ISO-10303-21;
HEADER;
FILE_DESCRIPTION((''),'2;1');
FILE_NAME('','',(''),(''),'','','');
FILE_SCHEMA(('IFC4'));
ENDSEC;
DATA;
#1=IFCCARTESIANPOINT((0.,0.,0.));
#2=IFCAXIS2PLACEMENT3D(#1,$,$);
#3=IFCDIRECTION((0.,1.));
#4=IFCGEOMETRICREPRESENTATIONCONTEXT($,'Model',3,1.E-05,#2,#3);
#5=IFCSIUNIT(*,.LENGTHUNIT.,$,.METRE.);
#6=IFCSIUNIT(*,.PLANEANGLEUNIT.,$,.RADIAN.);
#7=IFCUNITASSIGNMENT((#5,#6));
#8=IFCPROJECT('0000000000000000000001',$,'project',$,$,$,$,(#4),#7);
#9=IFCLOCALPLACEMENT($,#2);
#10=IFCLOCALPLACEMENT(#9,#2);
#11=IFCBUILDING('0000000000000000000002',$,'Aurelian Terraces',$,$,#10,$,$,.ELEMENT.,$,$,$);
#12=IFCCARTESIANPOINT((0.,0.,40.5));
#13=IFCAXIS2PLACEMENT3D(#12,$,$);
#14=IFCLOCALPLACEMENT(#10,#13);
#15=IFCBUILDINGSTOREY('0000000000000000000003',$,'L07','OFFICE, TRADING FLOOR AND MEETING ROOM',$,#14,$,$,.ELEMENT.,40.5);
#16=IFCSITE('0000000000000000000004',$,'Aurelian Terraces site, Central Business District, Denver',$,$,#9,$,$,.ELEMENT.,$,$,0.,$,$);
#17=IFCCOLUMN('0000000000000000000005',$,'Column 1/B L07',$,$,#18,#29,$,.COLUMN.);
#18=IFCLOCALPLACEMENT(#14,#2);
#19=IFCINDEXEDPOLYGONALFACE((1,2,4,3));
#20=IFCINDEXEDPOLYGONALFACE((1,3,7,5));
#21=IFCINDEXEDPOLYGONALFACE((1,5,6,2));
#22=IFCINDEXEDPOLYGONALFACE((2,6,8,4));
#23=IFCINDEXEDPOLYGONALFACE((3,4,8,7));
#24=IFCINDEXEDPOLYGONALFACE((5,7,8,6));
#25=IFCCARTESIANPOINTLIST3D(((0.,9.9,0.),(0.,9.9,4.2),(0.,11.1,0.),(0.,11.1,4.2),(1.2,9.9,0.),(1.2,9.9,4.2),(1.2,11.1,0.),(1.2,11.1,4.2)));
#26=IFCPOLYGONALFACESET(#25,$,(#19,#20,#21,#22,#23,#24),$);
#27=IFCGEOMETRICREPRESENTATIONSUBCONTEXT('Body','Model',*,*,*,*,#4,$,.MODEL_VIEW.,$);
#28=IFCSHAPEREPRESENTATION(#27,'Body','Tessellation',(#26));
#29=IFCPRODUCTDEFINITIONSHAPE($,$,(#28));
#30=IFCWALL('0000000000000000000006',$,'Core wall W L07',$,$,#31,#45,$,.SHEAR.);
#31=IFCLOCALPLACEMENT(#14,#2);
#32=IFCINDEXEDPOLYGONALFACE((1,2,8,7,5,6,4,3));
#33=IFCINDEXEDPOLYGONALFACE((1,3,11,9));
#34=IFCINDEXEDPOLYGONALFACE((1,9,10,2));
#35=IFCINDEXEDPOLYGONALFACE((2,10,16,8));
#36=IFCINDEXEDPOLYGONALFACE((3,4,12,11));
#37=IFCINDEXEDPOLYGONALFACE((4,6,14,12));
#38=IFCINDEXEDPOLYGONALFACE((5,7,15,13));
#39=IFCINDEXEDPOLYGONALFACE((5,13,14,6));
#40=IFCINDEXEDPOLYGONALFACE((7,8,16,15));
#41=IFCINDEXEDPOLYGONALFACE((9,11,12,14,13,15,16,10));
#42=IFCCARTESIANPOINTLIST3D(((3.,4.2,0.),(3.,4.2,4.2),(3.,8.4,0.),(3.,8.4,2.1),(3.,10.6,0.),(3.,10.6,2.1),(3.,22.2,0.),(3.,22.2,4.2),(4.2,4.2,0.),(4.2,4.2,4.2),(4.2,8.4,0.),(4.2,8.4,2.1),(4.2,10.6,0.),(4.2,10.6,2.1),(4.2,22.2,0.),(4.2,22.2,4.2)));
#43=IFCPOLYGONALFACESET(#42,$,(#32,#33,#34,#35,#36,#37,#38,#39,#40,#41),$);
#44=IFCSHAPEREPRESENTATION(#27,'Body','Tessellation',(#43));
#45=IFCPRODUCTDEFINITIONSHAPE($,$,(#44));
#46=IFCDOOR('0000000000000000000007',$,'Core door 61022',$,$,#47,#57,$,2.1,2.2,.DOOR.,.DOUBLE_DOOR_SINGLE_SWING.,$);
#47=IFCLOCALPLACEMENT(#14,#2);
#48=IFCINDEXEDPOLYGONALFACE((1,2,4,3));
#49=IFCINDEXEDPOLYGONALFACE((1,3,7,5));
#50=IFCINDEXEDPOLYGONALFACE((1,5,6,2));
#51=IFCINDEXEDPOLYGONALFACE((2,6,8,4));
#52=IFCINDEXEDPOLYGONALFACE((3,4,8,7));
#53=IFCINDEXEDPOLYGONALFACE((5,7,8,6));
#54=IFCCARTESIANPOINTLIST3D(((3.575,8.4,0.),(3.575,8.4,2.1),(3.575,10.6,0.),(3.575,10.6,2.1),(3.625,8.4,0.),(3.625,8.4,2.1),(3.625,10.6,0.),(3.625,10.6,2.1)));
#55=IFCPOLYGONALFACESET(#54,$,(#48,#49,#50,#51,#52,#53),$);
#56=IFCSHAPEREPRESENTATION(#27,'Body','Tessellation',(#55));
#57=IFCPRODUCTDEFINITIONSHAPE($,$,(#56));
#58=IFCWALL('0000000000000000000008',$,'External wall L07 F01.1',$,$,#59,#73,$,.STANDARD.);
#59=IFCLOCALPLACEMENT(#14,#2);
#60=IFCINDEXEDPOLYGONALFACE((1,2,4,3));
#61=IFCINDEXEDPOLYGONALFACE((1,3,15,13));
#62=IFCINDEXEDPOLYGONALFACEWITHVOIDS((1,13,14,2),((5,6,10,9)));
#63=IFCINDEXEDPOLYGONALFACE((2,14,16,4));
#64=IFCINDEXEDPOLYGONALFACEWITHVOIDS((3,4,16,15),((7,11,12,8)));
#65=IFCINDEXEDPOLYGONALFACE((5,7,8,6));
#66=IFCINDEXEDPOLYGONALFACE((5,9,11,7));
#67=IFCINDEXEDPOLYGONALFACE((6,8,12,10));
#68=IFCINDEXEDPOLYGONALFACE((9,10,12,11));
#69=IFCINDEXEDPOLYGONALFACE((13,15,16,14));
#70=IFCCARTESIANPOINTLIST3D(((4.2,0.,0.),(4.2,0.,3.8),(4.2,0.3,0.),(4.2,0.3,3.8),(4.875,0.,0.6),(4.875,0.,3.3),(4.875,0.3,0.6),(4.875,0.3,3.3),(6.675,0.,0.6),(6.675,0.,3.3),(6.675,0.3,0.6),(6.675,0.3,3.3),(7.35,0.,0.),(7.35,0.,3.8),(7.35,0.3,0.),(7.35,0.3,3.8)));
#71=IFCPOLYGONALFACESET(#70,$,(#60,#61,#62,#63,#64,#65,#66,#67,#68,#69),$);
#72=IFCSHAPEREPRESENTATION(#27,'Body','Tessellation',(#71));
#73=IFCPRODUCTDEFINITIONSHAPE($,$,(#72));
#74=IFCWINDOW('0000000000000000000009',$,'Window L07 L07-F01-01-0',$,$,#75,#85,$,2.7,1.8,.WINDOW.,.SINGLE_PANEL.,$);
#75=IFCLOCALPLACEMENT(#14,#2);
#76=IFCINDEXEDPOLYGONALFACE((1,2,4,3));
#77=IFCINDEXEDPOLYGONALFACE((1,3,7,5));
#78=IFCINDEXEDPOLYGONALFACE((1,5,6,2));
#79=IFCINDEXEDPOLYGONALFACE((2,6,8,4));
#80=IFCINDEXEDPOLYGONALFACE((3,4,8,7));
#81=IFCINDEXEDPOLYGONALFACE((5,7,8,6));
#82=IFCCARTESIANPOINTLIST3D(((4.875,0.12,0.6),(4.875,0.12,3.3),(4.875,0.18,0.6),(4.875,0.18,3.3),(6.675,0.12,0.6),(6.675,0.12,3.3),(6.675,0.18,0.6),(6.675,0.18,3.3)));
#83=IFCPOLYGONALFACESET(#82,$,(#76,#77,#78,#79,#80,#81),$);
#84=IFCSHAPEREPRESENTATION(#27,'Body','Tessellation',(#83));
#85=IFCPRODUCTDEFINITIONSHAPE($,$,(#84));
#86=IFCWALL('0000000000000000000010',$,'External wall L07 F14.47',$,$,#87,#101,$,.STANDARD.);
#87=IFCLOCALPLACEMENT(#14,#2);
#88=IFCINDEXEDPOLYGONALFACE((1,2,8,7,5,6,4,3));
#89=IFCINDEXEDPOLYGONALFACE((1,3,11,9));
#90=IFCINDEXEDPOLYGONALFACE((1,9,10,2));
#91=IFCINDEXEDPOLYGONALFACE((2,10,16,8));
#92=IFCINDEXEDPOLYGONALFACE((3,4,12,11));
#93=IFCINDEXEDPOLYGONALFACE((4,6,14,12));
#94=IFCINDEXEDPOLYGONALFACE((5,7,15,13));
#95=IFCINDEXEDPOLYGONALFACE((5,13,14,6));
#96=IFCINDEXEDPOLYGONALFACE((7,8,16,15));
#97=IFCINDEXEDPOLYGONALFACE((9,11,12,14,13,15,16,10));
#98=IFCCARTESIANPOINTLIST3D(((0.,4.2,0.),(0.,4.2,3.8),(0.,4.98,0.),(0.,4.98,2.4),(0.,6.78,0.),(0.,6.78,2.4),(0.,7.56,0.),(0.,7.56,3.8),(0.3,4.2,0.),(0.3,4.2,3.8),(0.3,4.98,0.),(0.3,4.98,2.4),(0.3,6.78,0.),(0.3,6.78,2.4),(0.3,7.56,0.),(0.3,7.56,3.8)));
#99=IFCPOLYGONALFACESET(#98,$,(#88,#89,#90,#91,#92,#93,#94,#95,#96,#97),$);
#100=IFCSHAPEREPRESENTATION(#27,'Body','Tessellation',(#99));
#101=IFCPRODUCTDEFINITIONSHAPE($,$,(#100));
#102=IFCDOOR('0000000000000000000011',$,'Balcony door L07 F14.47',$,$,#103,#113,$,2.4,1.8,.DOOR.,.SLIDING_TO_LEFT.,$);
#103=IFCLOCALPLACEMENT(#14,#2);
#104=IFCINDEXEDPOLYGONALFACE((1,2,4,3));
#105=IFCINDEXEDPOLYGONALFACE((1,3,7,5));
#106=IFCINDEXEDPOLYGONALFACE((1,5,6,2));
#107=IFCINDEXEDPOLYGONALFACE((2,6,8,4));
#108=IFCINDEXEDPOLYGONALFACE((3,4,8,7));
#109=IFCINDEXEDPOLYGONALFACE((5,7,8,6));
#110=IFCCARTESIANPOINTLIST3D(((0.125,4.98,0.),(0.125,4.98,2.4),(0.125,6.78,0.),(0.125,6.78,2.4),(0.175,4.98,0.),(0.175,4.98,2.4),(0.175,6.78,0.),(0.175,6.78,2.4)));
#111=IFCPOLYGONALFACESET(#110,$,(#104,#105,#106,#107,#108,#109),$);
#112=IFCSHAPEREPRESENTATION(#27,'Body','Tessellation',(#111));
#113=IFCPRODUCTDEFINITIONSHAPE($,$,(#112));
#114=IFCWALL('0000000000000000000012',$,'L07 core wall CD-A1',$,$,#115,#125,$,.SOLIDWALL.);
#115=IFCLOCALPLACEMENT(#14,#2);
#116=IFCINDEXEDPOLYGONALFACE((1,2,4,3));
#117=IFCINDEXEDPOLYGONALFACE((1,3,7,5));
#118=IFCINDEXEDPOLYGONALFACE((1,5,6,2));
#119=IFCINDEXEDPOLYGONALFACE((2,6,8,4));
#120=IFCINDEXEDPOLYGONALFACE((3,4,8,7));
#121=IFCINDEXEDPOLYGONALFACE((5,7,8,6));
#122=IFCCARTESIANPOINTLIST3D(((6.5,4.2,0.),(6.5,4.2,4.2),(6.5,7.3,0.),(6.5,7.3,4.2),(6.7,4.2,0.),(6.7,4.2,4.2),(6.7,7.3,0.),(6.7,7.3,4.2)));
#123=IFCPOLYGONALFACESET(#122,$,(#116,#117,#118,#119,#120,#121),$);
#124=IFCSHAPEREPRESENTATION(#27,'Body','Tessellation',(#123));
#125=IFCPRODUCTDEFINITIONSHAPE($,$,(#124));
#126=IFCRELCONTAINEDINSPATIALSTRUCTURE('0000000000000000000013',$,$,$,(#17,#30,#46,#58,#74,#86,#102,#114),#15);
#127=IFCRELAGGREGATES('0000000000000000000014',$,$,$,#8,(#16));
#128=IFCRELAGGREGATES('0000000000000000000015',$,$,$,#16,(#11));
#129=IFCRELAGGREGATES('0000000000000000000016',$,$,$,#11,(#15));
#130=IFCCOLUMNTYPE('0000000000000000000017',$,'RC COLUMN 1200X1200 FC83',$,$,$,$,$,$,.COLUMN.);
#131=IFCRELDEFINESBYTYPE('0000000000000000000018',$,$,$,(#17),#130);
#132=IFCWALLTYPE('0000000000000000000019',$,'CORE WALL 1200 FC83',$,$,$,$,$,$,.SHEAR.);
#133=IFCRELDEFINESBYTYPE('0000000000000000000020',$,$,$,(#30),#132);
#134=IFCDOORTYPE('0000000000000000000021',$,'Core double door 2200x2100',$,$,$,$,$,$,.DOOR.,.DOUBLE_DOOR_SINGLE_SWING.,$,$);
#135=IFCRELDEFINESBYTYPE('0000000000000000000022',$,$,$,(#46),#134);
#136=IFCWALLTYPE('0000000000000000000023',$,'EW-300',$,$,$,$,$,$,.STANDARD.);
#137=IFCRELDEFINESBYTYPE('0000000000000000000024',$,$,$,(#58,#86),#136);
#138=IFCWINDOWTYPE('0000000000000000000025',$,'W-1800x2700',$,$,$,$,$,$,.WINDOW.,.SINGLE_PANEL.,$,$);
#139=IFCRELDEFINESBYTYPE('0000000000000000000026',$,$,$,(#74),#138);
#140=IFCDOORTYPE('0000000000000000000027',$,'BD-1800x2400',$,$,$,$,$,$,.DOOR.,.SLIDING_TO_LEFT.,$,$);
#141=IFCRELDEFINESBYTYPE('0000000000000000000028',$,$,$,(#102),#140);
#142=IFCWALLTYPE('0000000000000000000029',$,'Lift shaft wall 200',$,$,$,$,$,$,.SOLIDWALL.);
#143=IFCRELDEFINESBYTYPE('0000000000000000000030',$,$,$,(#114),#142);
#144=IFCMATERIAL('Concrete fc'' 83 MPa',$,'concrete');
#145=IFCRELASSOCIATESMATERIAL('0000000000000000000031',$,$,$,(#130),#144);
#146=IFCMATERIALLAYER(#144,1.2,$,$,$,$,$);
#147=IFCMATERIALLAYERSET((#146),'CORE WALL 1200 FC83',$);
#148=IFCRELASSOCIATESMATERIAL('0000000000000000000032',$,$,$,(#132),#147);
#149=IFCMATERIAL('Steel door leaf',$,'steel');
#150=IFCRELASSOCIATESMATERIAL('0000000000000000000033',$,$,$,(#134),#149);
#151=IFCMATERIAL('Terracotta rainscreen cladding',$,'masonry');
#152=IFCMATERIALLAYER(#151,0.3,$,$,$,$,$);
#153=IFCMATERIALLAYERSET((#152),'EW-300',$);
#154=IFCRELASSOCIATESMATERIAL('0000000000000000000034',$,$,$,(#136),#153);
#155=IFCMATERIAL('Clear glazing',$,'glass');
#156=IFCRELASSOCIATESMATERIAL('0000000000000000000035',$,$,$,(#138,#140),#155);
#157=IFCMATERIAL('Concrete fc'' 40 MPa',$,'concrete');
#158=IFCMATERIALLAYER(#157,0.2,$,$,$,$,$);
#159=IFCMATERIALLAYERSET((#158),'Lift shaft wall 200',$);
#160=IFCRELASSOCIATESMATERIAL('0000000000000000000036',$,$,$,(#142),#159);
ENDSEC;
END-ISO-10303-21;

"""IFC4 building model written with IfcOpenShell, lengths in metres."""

from ifc_helpers import new_model, si_unit, direction, frame, frame_2d, origin, origin_2d, place, context, subcontext, project, spatial, rectangle, extrude, source, transform, mapped, material, layer, layer_set, material_profile, profile_set, type_object, element, fill, save


model = new_model("IFC4")

# Units and contexts
model_context = context("Model", 3, precision=1e-05, world=origin(), true_north=direction((0.0, 1.0)))
body_context = subcontext(model_context, "Body", "Model", "MODEL_VIEW")
ifc_project = project(units=[si_unit("LENGTHUNIT", "METRE"), si_unit("PLANEANGLEUNIT", "RADIAN")], contexts=[model_context])

# Site, building, storey
site_placement = place(None, origin())
site = spatial("IfcSite", under=ifc_project, at=site_placement, Name="Aurelian Terraces site, Central Business District, Denver", CompositionType="ELEMENT", RefElevation=0.0)
building_placement = place(site_placement, origin())
building = spatial("IfcBuilding", under=site, at=building_placement, Name="Aurelian Terraces", CompositionType="ELEMENT")
storey_placement = place(building_placement, frame((0.0, 0.0, 40.5)))
storey = spatial("IfcBuildingStorey", under=building, at=storey_placement, Name="L07", Description="OFFICE, TRADING FLOOR AND MEETING ROOM", CompositionType="ELEMENT", Elevation=40.5)

# Column
ifc_material_1 = material(Name="Concrete fc' 83 MPa", Category="concrete")
ifc_material_profile = material_profile(ifc_material_1, rectangle(XDim=1.2, YDim=1.2, at=origin_2d()))
ifc_profile_set = profile_set([ifc_material_profile], Name="Concrete fc' 83 MPa")
column_type = type_object("IfcColumnType", Name="RC COLUMN 1200X1200 FC83", PredefinedType="COLUMN", material=ifc_profile_set)
shared_shape_1 = source(origin(), body_context, "Body", "SweptSolid", [
    extrude(rectangle(XDim=1.2, YDim=1.2, at=origin_2d()), origin(), (0.0, 0.0, 1.0), 4.2),
])
column_placement = place(storey_placement, frame((0.6, 10.5, 0.0), z_axis=(0.0, 0.0, 1.0), x_axis=(1.0, 0.0, 0.0)))
element("IfcColumn", 1, at=column_placement, inside=storey, type_object=column_type, Name="Column 1/B L07", PredefinedType="COLUMN", context=body_context, shape_type="MappedRepresentation", body=[
    mapped(shared_shape_1, transform((0.0, 0.0, 0.0), scale=1.0)),
])

# Wall, opening, door
ifc_layer_1 = layer(ifc_material_1, 1.2)
ifc_layer_set_1 = layer_set([ifc_layer_1], Name="CORE WALL 1200 FC83")
wall_type_1 = type_object("IfcWallType", Name="CORE WALL 1200 FC83", PredefinedType="SHEAR", material=ifc_layer_set_1)
wall_1_placement = place(storey_placement, frame((3.6, 4.2, 0.0), z_axis=(0.0, 0.0, 1.0), x_axis=(0.0, 1.0, 0.0)))
wall_1 = element("IfcWall", 2, at=wall_1_placement, inside=storey, type_object=wall_type_1, Name="Core wall W L07", PredefinedType="SHEAR", context=body_context, shape_type="SweptSolid", body=[
    extrude(rectangle(XDim=18.0, YDim=1.2, at=frame_2d((9.0, 0.0))), origin(), (0.0, 0.0, 1.0), 4.2),
])
shared_shape_2 = source(origin(), body_context, "Body", "SweptSolid", [
    extrude(rectangle(XDim=2.2, YDim=2.1, at=frame_2d((1.1, 1.05))), frame((0.0, 0.61, 0.0), z_axis=(0.0, -1.0, 0.0), x_axis=(1.0, 0.0, 0.0)), (0.0, 0.0, 1.0), 1.22),
])
opening_1_placement = place(wall_1_placement, frame((4.2, 0.0, 0.0)))
opening_1 = element("IfcOpeningElement", 3, at=opening_1_placement, cuts=wall_1, PredefinedType="OPENING", context=body_context, shape_type="MappedRepresentation", body=[
    mapped(shared_shape_2, transform((0.0, 0.0, 0.0), scale=1.0)),
])
ifc_material_2 = material(Name="Steel door leaf", Category="steel")
door_type_1 = type_object("IfcDoorType", Name="Core double door 2200x2100", OperationType="DOUBLE_DOOR_SINGLE_SWING", PredefinedType="DOOR", material=ifc_material_2)
shared_shape_3 = source(origin(), body_context, "Body", "SweptSolid", [
    extrude(rectangle(XDim=2.2, YDim=2.1, at=frame_2d((1.1, 1.05))), frame((0.0, 0.025, 0.0), z_axis=(0.0, -1.0, 0.0), x_axis=(1.0, 0.0, 0.0)), (0.0, 0.0, 1.0), 0.05),
])
door_1_placement = place(opening_1_placement, origin())
door_1 = element("IfcDoor", 4, at=door_1_placement, inside=storey, type_object=door_type_1, Name="Core door 61022", OperationType="DOUBLE_DOOR_SINGLE_SWING", OverallHeight=2.1, OverallWidth=2.2, PredefinedType="DOOR", context=body_context, shape_type="MappedRepresentation", body=[
    mapped(shared_shape_3, transform((0.0, 0.0, 0.0), scale=1.0)),
])
fill(opening_1, door_1)

# Wall, opening, window
ifc_material_3 = material(Name="Terracotta rainscreen cladding", Category="masonry")
ifc_layer_2 = layer(ifc_material_3, 0.3)
ifc_layer_set_2 = layer_set([ifc_layer_2], Name="EW-300")
wall_type_2 = type_object("IfcWallType", Name="EW-300", PredefinedType="STANDARD", material=ifc_layer_set_2)
wall_2_placement = place(storey_placement, frame((4.2, 0.15, 0.0), z_axis=(0.0, 0.0, 1.0), x_axis=(1.0, 0.0, 0.0)))
wall_2 = element("IfcWall", 5, at=wall_2_placement, inside=storey, type_object=wall_type_2, Name="External wall L07 F01.1", PredefinedType="STANDARD", context=body_context, shape_type="SweptSolid", body=[
    extrude(rectangle(XDim=3.15, YDim=0.3, at=frame_2d((1.575, 0.0))), origin(), (0.0, 0.0, 1.0), 3.8),
])
opening_2_placement = place(wall_2_placement, frame((0.675, 0.0, 0.6)))
opening_2 = element("IfcOpeningElement", 6, at=opening_2_placement, cuts=wall_2, PredefinedType="OPENING", context=body_context, shape_type="SweptSolid", body=[
    extrude(rectangle(XDim=1.8, YDim=2.7, at=frame_2d((0.9, 1.35))), frame((0.0, 0.16, 0.0), z_axis=(0.0, -1.0, 0.0), x_axis=(1.0, 0.0, 0.0)), (0.0, 0.0, 1.0), 0.32),
])
ifc_material_4 = material(Name="Clear glazing", Category="glass")
window_type_1 = type_object("IfcWindowType", Name="W-1800x2700", PartitioningType="SINGLE_PANEL", PredefinedType="WINDOW", material=ifc_material_4)
window_1_placement = place(opening_2_placement, origin())
window_1 = element("IfcWindow", 7, at=window_1_placement, inside=storey, type_object=window_type_1, Name="Window L07 L07-F01-01-0", OverallHeight=2.7, OverallWidth=1.8, PartitioningType="SINGLE_PANEL", PredefinedType="WINDOW", context=body_context, shape_type="SweptSolid", body=[
    extrude(rectangle(XDim=1.8, YDim=2.7, at=frame_2d((0.9, 1.35))), frame((0.0, 0.03, 0.0), z_axis=(0.0, -1.0, 0.0), x_axis=(1.0, 0.0, 0.0)), (0.0, 0.0, 1.0), 0.06),
])
fill(opening_2, window_1)

# Wall, opening, door
wall_3_placement = place(storey_placement, frame((0.15, 7.56, 0.0), z_axis=(0.0, 0.0, 1.0), x_axis=(0.0, -1.0, 0.0)))
wall_3 = element("IfcWall", 8, at=wall_3_placement, inside=storey, type_object=wall_type_2, Name="External wall L07 F14.47", PredefinedType="STANDARD", context=body_context, shape_type="SweptSolid", body=[
    extrude(rectangle(XDim=3.36, YDim=0.3, at=frame_2d((1.68, 0.0))), origin(), (0.0, 0.0, 1.0), 3.8),
])
shared_shape_4 = source(origin(), body_context, "Body", "SweptSolid", [
    extrude(rectangle(XDim=1.8, YDim=2.4, at=frame_2d((0.9, 1.2))), frame((0.0, 0.16, 0.0), z_axis=(0.0, -1.0, 0.0), x_axis=(1.0, 0.0, 0.0)), (0.0, 0.0, 1.0), 0.32),
])
opening_3_placement = place(wall_3_placement, frame((0.78, 0.0, 0.0)))
opening_3 = element("IfcOpeningElement", 9, at=opening_3_placement, cuts=wall_3, PredefinedType="OPENING", context=body_context, shape_type="MappedRepresentation", body=[
    mapped(shared_shape_4, transform((0.0, 0.0, 0.0), scale=1.0)),
])
door_type_2 = type_object("IfcDoorType", Name="BD-1800x2400", OperationType="SLIDING_TO_LEFT", PredefinedType="DOOR", material=ifc_material_4)
shared_shape_5 = source(origin(), body_context, "Body", "SweptSolid", [
    extrude(rectangle(XDim=1.8, YDim=2.4, at=frame_2d((0.9, 1.2))), frame((0.0, 0.025, 0.0), z_axis=(0.0, -1.0, 0.0), x_axis=(1.0, 0.0, 0.0)), (0.0, 0.0, 1.0), 0.05),
])
door_2_placement = place(opening_3_placement, origin())
door_2 = element("IfcDoor", 10, at=door_2_placement, inside=storey, type_object=door_type_2, Name="Balcony door L07 F14.47", OperationType="SLIDING_TO_LEFT", OverallHeight=2.4, OverallWidth=1.8, PredefinedType="DOOR", context=body_context, shape_type="MappedRepresentation", body=[
    mapped(shared_shape_5, transform((0.0, 0.0, 0.0), scale=1.0)),
])
fill(opening_3, door_2)

# Wall
ifc_material_5 = material(Name="Concrete fc' 40 MPa", Category="concrete")
ifc_layer_3 = layer(ifc_material_5, 0.2)
ifc_layer_set_3 = layer_set([ifc_layer_3], Name="Lift shaft wall 200")
wall_type_3 = type_object("IfcWallType", Name="Lift shaft wall 200", PredefinedType="SOLIDWALL", material=ifc_layer_set_3)
wall_4_placement = place(storey_placement, frame((6.6, 4.2, 0.0), z_axis=(0.0, 0.0, 1.0), x_axis=(0.0, 1.0, 0.0)))
element("IfcWall", 11, at=wall_4_placement, inside=storey, type_object=wall_type_3, Name="L07 core wall CD-A1", PredefinedType="SOLIDWALL", context=body_context, shape_type="SweptSolid", body=[
    extrude(rectangle(XDim=3.1, YDim=0.2, at=frame_2d((1.55, 0.0))), origin(), (0.0, 0.0, 1.0), 4.2),
])

save(model, "model.ifc")
